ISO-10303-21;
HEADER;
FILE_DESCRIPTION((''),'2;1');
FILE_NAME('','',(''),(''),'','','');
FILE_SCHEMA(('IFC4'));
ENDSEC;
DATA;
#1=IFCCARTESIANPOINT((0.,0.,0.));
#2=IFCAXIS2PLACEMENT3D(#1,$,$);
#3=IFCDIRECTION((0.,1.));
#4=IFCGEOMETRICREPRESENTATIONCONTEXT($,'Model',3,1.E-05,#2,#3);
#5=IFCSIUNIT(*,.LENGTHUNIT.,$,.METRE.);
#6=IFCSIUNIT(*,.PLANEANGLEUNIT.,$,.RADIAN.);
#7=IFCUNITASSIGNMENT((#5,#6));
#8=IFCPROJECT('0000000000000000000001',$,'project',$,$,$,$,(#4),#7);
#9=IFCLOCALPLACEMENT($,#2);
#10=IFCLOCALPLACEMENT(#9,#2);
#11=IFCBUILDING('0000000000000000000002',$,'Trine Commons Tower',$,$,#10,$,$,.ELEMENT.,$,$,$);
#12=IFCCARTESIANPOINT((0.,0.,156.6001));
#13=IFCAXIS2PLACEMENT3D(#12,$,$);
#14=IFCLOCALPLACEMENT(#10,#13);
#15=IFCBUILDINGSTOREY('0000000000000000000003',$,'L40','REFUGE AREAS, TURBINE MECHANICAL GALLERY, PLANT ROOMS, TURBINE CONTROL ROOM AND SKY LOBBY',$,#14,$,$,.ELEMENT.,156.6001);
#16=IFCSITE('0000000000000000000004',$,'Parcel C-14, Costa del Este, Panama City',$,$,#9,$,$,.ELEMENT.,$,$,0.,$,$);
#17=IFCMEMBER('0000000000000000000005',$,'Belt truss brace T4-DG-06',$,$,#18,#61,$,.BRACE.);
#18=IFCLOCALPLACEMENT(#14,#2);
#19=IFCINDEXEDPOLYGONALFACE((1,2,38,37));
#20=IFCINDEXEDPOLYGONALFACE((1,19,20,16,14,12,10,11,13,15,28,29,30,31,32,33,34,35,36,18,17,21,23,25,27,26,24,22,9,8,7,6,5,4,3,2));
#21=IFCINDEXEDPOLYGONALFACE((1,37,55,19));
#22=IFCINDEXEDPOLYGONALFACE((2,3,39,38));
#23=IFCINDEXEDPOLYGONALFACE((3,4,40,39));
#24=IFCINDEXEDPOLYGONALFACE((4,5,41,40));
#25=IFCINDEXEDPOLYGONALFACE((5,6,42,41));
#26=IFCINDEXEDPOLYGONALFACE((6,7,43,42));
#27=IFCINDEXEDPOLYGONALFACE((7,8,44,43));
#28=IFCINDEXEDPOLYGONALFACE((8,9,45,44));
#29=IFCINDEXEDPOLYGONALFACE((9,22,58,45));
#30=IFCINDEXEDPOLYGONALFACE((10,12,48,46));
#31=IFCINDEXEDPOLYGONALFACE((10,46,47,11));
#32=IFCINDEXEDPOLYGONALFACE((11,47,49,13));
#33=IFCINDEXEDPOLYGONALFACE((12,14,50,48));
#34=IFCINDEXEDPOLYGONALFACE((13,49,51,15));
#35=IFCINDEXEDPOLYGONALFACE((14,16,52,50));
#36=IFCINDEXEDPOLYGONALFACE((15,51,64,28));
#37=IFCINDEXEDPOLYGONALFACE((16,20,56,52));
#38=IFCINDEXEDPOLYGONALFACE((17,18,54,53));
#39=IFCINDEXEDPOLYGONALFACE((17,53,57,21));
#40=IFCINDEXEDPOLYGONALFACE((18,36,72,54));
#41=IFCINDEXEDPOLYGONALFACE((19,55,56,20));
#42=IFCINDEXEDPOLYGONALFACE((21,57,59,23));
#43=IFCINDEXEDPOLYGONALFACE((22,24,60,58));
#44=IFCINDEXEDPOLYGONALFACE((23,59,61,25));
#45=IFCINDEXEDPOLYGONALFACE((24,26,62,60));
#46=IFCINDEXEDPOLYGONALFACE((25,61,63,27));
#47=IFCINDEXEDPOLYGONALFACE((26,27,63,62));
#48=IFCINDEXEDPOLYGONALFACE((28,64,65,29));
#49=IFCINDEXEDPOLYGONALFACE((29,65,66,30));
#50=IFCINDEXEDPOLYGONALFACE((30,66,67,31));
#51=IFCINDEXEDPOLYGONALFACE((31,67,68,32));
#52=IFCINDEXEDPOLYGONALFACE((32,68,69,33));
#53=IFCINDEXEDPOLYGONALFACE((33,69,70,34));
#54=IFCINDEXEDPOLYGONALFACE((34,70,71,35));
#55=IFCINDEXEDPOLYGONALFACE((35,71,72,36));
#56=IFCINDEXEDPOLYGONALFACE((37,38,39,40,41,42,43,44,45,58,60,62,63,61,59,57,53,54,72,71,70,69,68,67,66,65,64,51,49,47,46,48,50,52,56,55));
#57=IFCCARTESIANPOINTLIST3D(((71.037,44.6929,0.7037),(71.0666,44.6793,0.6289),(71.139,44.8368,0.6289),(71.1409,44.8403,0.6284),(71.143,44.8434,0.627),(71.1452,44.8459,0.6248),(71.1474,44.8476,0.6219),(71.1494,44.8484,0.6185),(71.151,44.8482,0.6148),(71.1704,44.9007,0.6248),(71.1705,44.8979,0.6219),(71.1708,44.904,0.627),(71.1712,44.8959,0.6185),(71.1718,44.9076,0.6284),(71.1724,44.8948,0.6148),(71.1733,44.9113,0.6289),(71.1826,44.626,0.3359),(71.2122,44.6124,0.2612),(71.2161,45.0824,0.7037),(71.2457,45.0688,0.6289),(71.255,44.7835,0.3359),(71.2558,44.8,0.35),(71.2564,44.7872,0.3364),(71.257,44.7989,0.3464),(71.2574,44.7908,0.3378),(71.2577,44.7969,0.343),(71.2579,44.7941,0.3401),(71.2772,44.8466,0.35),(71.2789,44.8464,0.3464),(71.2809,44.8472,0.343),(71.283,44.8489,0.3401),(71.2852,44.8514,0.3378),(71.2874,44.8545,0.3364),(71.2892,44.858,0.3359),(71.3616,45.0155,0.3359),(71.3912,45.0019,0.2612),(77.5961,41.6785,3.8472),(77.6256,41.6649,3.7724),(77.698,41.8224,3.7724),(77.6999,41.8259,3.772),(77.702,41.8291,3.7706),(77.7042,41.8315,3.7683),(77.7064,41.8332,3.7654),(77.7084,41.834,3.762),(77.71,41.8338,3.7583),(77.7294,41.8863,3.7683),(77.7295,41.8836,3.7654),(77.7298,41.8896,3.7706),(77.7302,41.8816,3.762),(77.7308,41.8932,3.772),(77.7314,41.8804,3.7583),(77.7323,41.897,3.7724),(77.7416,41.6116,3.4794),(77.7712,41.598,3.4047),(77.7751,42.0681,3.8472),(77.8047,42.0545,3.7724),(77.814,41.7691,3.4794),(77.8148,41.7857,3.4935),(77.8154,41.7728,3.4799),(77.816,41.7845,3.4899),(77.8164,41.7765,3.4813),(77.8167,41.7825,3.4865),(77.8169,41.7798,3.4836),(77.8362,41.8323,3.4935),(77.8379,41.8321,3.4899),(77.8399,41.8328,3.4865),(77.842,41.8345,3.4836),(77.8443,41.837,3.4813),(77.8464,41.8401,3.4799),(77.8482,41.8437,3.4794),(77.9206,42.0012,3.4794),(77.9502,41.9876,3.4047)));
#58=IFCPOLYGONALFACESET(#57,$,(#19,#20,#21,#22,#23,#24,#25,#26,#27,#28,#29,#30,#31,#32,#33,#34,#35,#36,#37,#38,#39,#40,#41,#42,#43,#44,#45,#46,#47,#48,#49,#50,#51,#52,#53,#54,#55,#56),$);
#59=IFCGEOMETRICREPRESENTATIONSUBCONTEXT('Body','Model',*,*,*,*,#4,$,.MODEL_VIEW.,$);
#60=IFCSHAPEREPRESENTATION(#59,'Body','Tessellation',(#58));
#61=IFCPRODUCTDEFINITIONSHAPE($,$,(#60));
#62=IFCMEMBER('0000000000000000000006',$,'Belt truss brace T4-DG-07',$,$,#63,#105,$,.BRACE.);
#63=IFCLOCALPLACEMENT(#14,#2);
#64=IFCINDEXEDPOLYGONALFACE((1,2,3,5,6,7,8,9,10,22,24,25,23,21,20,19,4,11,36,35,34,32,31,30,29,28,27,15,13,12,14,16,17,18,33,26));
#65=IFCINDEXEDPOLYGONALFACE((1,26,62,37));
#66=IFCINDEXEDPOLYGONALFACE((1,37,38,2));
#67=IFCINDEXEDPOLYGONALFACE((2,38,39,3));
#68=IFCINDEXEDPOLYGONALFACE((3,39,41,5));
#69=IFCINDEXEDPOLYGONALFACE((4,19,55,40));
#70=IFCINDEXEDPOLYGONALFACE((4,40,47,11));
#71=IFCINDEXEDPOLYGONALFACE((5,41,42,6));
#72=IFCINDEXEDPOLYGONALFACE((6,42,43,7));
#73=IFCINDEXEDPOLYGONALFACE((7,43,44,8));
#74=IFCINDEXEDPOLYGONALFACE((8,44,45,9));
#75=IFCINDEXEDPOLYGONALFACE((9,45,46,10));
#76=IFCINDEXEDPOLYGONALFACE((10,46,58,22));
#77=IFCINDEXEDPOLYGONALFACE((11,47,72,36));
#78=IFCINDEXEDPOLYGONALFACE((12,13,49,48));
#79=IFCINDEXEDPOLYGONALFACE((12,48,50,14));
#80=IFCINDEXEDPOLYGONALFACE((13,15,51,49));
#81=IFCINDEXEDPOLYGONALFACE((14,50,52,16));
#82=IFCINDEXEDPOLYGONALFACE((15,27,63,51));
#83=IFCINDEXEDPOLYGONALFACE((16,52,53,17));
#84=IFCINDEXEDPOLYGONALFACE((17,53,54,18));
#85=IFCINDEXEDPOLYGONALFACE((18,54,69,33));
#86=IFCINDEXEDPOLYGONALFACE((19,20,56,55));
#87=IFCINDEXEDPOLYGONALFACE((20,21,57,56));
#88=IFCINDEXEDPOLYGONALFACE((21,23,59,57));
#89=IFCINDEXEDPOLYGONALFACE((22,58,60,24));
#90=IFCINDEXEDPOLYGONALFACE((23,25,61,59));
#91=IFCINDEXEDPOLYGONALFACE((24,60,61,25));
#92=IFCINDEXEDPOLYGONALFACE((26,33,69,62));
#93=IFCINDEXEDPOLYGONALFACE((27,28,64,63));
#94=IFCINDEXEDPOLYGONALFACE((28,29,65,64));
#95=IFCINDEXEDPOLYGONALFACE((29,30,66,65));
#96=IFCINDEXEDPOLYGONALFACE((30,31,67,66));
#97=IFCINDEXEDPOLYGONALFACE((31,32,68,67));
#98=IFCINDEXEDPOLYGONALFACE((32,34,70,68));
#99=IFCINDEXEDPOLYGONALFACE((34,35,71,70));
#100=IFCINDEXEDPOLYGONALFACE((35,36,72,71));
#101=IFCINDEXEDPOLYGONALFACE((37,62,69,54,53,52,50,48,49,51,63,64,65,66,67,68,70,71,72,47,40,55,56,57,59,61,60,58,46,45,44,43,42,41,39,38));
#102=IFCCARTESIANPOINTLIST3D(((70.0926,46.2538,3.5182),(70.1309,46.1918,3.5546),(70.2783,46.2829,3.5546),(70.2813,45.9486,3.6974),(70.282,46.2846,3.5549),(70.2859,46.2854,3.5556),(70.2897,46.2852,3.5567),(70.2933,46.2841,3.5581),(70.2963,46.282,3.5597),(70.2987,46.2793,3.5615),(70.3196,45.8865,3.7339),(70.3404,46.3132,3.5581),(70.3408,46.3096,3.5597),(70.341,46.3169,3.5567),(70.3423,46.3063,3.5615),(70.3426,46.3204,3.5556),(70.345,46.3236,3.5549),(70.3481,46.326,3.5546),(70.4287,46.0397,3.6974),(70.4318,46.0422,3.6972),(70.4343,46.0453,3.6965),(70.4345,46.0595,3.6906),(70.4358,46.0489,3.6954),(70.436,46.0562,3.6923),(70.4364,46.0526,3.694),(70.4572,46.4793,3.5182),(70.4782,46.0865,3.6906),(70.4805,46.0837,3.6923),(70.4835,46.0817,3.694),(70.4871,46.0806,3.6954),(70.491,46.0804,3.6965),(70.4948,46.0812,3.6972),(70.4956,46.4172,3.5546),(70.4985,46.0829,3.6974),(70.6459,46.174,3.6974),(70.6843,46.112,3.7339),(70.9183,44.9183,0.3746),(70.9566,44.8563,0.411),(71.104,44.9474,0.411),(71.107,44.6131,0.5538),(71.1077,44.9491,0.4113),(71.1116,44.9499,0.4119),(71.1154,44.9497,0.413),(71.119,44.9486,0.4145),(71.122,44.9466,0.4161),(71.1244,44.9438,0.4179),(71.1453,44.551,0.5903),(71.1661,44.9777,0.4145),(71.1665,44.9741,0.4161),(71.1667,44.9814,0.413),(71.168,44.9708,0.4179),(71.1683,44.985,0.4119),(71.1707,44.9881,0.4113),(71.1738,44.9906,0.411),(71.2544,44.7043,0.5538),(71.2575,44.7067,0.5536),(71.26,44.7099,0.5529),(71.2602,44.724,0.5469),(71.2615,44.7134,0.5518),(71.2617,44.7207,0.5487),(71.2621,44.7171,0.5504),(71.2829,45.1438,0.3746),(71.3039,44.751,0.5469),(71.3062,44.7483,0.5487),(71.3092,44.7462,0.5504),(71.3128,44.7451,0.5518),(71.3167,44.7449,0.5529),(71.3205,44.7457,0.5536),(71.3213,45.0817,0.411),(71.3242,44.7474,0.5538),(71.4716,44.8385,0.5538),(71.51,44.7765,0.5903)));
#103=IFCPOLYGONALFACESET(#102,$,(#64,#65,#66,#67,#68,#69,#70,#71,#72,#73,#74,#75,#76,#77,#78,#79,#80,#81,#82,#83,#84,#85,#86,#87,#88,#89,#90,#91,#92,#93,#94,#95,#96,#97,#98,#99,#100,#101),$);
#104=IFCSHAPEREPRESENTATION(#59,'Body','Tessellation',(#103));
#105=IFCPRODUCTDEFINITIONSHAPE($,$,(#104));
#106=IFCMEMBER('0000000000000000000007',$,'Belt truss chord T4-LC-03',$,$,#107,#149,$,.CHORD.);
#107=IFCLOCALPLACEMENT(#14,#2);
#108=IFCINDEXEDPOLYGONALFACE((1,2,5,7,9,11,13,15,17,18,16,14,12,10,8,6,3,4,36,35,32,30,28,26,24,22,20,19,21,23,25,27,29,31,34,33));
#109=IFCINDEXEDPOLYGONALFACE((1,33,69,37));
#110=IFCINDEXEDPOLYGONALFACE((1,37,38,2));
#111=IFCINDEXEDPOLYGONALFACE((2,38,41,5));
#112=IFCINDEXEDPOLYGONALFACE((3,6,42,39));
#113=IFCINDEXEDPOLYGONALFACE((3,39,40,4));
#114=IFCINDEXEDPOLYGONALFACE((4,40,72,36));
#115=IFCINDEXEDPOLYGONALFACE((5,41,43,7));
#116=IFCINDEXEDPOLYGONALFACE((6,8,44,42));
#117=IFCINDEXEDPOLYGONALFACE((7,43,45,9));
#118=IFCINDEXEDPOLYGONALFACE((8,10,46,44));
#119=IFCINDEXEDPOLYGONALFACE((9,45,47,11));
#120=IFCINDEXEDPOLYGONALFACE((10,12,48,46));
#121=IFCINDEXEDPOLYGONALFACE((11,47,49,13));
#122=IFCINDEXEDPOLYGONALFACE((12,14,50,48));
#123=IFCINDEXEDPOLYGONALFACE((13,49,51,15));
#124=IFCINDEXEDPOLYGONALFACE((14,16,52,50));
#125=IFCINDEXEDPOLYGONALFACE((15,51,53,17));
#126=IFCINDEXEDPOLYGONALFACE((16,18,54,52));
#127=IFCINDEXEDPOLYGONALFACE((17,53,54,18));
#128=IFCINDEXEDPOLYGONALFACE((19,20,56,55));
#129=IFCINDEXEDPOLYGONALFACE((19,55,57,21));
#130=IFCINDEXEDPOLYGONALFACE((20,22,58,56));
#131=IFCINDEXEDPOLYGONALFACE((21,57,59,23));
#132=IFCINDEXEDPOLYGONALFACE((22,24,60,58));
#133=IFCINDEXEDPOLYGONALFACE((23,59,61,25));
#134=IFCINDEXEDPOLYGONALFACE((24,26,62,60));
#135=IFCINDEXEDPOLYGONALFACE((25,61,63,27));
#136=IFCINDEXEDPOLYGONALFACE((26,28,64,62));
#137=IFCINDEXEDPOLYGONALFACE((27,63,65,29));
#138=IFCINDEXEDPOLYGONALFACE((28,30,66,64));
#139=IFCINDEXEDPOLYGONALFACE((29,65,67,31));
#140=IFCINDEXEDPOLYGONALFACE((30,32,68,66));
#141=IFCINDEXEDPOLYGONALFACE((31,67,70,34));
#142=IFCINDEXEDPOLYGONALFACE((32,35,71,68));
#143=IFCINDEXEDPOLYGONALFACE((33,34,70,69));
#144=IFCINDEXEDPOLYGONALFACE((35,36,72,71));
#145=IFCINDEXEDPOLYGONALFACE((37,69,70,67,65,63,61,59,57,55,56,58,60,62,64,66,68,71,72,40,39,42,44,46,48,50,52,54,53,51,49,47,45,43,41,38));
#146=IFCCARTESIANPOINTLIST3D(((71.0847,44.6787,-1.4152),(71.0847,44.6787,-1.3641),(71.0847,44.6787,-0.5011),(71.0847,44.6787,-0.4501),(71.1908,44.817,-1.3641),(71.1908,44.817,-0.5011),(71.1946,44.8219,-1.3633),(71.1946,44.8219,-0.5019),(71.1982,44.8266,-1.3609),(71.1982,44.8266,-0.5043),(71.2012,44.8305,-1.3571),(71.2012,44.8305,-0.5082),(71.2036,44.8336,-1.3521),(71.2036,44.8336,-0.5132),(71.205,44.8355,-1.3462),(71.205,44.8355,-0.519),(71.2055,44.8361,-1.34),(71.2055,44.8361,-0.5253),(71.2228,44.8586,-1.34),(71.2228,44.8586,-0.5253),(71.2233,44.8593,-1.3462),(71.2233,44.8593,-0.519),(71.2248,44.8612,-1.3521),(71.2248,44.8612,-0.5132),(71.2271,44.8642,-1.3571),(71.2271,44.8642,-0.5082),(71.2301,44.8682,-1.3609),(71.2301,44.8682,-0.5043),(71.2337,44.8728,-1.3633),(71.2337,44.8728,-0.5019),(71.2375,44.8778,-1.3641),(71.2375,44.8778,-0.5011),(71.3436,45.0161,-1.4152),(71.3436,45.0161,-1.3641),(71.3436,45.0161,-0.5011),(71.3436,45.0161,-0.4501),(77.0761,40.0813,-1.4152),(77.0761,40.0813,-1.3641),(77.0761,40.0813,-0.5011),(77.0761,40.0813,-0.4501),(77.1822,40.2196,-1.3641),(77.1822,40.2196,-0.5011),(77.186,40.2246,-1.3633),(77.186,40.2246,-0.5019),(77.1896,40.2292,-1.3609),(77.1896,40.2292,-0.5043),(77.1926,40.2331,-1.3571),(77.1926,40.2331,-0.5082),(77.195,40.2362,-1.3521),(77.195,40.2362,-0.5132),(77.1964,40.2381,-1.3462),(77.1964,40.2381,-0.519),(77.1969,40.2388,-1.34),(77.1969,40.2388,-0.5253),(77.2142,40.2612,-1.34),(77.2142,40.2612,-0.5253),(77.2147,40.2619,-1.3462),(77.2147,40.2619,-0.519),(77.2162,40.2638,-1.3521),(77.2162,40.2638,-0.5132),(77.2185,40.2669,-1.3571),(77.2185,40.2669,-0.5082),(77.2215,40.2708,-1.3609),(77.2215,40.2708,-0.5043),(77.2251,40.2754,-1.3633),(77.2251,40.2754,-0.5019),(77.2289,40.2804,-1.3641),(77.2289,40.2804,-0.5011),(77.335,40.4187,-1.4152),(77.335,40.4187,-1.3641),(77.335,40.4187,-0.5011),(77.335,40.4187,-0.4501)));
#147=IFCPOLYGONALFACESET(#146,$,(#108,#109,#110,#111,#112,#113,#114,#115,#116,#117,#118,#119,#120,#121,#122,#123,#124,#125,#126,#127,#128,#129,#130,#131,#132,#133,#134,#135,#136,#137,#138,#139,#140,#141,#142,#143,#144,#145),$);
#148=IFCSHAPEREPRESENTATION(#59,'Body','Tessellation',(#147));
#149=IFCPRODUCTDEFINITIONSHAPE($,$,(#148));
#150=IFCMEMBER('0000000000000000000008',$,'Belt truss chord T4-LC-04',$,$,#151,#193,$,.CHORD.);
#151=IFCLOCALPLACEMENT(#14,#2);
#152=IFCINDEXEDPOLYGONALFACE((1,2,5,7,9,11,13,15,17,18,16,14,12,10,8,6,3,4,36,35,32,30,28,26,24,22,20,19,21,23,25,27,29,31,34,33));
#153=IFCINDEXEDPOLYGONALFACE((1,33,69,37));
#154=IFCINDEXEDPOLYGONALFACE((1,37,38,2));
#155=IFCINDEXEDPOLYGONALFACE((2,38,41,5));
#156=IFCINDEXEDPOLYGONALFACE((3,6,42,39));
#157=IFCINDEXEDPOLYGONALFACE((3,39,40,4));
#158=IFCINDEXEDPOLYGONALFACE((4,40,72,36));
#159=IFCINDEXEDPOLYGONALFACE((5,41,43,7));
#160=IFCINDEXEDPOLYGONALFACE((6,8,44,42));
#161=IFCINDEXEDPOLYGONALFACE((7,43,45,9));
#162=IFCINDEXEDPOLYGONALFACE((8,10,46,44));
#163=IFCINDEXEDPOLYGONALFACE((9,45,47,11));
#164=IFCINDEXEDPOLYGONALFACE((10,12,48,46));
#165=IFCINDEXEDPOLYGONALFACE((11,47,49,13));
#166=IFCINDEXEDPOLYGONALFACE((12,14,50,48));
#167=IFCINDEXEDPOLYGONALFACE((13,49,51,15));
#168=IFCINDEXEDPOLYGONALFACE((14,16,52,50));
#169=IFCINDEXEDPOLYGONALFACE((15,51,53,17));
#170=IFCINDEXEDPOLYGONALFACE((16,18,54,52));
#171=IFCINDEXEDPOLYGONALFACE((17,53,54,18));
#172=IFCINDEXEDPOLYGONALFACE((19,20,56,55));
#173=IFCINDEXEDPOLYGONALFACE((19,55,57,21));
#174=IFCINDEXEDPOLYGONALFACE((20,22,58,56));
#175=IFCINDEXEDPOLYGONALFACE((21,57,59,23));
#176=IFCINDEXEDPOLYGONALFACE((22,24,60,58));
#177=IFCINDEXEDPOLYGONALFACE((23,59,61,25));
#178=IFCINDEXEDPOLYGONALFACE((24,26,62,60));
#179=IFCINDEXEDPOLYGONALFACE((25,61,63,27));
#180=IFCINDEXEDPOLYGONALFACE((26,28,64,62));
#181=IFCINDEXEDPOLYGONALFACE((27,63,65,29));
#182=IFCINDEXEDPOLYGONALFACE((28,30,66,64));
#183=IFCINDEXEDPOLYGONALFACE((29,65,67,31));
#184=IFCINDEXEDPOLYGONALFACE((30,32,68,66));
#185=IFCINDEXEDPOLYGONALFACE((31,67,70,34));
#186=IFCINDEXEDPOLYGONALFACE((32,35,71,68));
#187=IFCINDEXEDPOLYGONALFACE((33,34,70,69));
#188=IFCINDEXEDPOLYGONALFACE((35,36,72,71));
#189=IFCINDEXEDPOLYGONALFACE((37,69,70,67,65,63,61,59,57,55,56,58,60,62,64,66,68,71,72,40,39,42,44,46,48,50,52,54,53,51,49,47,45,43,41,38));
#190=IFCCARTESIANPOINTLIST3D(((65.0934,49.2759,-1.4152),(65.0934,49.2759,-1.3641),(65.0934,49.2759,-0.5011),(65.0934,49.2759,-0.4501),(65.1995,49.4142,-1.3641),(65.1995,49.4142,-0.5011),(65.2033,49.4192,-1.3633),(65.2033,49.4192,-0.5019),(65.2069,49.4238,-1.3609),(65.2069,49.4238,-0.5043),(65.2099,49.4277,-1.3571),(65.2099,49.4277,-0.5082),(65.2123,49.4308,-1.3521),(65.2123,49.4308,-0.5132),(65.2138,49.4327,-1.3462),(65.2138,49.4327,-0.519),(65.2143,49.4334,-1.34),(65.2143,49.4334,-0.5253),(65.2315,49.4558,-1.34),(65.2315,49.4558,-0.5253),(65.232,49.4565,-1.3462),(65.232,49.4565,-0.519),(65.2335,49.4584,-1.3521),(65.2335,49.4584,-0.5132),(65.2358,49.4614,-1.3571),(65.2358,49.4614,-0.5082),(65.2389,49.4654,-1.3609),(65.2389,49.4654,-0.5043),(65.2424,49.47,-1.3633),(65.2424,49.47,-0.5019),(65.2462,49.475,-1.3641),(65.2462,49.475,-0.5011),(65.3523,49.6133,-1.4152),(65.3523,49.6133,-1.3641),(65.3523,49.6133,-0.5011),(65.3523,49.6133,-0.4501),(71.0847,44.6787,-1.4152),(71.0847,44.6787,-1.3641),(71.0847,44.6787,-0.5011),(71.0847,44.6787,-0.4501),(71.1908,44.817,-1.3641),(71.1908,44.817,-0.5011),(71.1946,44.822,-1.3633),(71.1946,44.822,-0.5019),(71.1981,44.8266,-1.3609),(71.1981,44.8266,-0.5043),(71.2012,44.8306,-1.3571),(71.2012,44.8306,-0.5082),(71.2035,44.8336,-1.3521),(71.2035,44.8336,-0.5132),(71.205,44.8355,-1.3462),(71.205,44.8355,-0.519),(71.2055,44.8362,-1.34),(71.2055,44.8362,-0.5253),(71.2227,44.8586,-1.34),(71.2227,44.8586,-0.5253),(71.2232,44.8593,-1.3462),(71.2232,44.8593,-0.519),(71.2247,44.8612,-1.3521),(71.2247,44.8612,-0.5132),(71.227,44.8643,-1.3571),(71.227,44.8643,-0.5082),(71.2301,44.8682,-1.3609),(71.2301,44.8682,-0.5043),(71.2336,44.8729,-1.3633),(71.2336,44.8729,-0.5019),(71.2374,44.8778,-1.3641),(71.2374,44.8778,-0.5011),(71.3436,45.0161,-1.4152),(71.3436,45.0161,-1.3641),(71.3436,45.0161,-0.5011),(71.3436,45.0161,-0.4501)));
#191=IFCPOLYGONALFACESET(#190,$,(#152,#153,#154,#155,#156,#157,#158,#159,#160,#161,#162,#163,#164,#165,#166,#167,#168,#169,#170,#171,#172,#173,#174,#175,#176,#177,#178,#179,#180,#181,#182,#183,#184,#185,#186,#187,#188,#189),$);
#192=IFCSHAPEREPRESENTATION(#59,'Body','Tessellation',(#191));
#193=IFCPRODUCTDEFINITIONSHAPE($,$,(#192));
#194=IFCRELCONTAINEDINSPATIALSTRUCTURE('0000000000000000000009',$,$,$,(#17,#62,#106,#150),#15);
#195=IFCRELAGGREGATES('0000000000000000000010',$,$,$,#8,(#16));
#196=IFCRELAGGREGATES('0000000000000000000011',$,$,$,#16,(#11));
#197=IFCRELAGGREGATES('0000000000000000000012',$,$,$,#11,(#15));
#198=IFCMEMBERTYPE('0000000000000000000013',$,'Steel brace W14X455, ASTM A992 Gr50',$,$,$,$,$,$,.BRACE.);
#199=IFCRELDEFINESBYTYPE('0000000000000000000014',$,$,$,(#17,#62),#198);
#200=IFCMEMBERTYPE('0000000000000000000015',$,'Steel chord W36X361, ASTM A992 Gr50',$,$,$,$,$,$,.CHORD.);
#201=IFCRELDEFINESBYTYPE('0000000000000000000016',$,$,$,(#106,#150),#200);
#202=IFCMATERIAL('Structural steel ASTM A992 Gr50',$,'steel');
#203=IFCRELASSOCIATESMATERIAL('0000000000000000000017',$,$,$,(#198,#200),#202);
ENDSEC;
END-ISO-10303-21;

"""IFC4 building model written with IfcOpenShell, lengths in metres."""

from ifc_helpers import new_model, si_unit, direction, frame, origin, origin_2d, place, context, subcontext, project, spatial, i_section, extrude, material, material_profile, profile_set, type_object, element, save


model = new_model("IFC4")

# Units and contexts
model_context = context("Model", 3, precision=1e-05, world=origin(), true_north=direction((0.0, 1.0)))
body_context = subcontext(model_context, "Body", "Model", "MODEL_VIEW")
ifc_project = project(units=[si_unit("LENGTHUNIT", "METRE"), si_unit("PLANEANGLEUNIT", "RADIAN")], contexts=[model_context])

# Site, building, storey
site_placement = place(None, origin())
site = spatial("IfcSite", under=ifc_project, at=site_placement, Name="Parcel C-14, Costa del Este, Panama City", CompositionType="ELEMENT", RefElevation=0.0)
building_placement = place(site_placement, origin())
building = spatial("IfcBuilding", under=site, at=building_placement, Name="Trine Commons Tower", CompositionType="ELEMENT")
storey_placement = place(building_placement, frame((0.0, 0.0, 156.6001)))
storey = spatial("IfcBuildingStorey", under=building, at=storey_placement, Name="L40", Description="REFUGE AREAS, TURBINE MECHANICAL GALLERY, PLANT ROOMS, TURBINE CONTROL ROOM AND SKY LOBBY", CompositionType="ELEMENT", Elevation=156.6001)

# Members
ifc_material_1 = material(Name="Structural steel ASTM A992 Gr50", Category="steel")
ifc_material_profile_1 = material_profile(ifc_material_1, i_section(OverallWidth=0.4287, OverallDepth=0.4827, WebThickness=0.0513, FlangeThickness=0.0815, FilletRadius=0.0154, at=origin_2d()), Name="W14X455")
ifc_profile_set_1 = profile_set([ifc_material_profile_1], Name="Structural steel ASTM A992 Gr50")
member_type_1 = type_object("IfcMemberType", Name="Steel brace W14X455, ASTM A992 Gr50", PredefinedType="BRACE", material=ifc_profile_set_1)
member_1_placement = place(storey_placement, frame((71.2141, 44.8474, 0.4824), z_axis=(0.833071, -0.38286, 0.399264), x_axis=(0.417588, 0.908636, 0.0)))
element("IfcMember", 1, at=member_1_placement, inside=storey, type_object=member_type_1, Name="Belt truss brace T4-DG-06", PredefinedType="BRACE", context=body_context, shape_type="SweptSolid", body=[
    extrude(i_section(OverallWidth=0.4287, OverallDepth=0.4827, WebThickness=0.0513, FlangeThickness=0.0815, FilletRadius=0.0154, at=origin_2d()), origin(), (0.0, 0.0, 1.0), 7.8733),
])
member_2_placement = place(storey_placement, frame((71.2141, 44.8474, 0.4824), z_axis=(-0.23498, 0.380053, 0.894619), x_axis=(-0.850557, -0.525883, 0.0)))
element("IfcMember", 2, at=member_2_placement, inside=storey, type_object=member_type_1, Name="Belt truss brace T4-DG-07", PredefinedType="BRACE", context=body_context, shape_type="SweptSolid", body=[
    extrude(i_section(OverallWidth=0.4287, OverallDepth=0.4827, WebThickness=0.0513, FlangeThickness=0.0815, FilletRadius=0.0154, at=origin_2d()), origin(), (0.0, 0.0, 1.0), 3.5139),
])
ifc_material_profile_2 = material_profile(ifc_material_1, i_section(OverallWidth=0.4253, OverallDepth=0.9651, WebThickness=0.0283, FlangeThickness=0.051, FilletRadius=0.0242, at=origin_2d()), Name="W36X361")
ifc_profile_set_2 = profile_set([ifc_material_profile_2], Name="Structural steel ASTM A992 Gr50")
member_type_2 = type_object("IfcMemberType", Name="Steel chord W36X361, ASTM A992 Gr50", PredefinedType="CHORD", material=ifc_profile_set_2)
member_3_placement = place(storey_placement, frame((77.2056, 40.25, -0.9326), z_axis=(-0.793353, 0.608762, 0.0), x_axis=(-0.608762, -0.793353, 0.0)))
element("IfcMember", 3, at=member_3_placement, inside=storey, type_object=member_type_2, Name="Belt truss chord T4-LC-03", PredefinedType="CHORD", context=body_context, shape_type="SweptSolid", body=[
    extrude(i_section(OverallWidth=0.4253, OverallDepth=0.9651, WebThickness=0.0283, FlangeThickness=0.051, FilletRadius=0.0242, at=origin_2d()), origin(), (0.0, 0.0, 1.0), 7.552),
])
member_4_placement = place(storey_placement, frame((71.2141, 44.8474, -0.9326), z_axis=(-0.793357, 0.608757, 0.0), x_axis=(-0.608757, -0.793357, 0.0)))
element("IfcMember", 4, at=member_4_placement, inside=storey, type_object=member_type_2, Name="Belt truss chord T4-LC-04", PredefinedType="CHORD", context=body_context, shape_type="SweptSolid", body=[
    extrude(i_section(OverallWidth=0.4253, OverallDepth=0.9651, WebThickness=0.0283, FlangeThickness=0.051, FilletRadius=0.0242, at=origin_2d()), origin(), (0.0, 0.0, 1.0), 7.5518),
])

save(model, "model.ifc")
